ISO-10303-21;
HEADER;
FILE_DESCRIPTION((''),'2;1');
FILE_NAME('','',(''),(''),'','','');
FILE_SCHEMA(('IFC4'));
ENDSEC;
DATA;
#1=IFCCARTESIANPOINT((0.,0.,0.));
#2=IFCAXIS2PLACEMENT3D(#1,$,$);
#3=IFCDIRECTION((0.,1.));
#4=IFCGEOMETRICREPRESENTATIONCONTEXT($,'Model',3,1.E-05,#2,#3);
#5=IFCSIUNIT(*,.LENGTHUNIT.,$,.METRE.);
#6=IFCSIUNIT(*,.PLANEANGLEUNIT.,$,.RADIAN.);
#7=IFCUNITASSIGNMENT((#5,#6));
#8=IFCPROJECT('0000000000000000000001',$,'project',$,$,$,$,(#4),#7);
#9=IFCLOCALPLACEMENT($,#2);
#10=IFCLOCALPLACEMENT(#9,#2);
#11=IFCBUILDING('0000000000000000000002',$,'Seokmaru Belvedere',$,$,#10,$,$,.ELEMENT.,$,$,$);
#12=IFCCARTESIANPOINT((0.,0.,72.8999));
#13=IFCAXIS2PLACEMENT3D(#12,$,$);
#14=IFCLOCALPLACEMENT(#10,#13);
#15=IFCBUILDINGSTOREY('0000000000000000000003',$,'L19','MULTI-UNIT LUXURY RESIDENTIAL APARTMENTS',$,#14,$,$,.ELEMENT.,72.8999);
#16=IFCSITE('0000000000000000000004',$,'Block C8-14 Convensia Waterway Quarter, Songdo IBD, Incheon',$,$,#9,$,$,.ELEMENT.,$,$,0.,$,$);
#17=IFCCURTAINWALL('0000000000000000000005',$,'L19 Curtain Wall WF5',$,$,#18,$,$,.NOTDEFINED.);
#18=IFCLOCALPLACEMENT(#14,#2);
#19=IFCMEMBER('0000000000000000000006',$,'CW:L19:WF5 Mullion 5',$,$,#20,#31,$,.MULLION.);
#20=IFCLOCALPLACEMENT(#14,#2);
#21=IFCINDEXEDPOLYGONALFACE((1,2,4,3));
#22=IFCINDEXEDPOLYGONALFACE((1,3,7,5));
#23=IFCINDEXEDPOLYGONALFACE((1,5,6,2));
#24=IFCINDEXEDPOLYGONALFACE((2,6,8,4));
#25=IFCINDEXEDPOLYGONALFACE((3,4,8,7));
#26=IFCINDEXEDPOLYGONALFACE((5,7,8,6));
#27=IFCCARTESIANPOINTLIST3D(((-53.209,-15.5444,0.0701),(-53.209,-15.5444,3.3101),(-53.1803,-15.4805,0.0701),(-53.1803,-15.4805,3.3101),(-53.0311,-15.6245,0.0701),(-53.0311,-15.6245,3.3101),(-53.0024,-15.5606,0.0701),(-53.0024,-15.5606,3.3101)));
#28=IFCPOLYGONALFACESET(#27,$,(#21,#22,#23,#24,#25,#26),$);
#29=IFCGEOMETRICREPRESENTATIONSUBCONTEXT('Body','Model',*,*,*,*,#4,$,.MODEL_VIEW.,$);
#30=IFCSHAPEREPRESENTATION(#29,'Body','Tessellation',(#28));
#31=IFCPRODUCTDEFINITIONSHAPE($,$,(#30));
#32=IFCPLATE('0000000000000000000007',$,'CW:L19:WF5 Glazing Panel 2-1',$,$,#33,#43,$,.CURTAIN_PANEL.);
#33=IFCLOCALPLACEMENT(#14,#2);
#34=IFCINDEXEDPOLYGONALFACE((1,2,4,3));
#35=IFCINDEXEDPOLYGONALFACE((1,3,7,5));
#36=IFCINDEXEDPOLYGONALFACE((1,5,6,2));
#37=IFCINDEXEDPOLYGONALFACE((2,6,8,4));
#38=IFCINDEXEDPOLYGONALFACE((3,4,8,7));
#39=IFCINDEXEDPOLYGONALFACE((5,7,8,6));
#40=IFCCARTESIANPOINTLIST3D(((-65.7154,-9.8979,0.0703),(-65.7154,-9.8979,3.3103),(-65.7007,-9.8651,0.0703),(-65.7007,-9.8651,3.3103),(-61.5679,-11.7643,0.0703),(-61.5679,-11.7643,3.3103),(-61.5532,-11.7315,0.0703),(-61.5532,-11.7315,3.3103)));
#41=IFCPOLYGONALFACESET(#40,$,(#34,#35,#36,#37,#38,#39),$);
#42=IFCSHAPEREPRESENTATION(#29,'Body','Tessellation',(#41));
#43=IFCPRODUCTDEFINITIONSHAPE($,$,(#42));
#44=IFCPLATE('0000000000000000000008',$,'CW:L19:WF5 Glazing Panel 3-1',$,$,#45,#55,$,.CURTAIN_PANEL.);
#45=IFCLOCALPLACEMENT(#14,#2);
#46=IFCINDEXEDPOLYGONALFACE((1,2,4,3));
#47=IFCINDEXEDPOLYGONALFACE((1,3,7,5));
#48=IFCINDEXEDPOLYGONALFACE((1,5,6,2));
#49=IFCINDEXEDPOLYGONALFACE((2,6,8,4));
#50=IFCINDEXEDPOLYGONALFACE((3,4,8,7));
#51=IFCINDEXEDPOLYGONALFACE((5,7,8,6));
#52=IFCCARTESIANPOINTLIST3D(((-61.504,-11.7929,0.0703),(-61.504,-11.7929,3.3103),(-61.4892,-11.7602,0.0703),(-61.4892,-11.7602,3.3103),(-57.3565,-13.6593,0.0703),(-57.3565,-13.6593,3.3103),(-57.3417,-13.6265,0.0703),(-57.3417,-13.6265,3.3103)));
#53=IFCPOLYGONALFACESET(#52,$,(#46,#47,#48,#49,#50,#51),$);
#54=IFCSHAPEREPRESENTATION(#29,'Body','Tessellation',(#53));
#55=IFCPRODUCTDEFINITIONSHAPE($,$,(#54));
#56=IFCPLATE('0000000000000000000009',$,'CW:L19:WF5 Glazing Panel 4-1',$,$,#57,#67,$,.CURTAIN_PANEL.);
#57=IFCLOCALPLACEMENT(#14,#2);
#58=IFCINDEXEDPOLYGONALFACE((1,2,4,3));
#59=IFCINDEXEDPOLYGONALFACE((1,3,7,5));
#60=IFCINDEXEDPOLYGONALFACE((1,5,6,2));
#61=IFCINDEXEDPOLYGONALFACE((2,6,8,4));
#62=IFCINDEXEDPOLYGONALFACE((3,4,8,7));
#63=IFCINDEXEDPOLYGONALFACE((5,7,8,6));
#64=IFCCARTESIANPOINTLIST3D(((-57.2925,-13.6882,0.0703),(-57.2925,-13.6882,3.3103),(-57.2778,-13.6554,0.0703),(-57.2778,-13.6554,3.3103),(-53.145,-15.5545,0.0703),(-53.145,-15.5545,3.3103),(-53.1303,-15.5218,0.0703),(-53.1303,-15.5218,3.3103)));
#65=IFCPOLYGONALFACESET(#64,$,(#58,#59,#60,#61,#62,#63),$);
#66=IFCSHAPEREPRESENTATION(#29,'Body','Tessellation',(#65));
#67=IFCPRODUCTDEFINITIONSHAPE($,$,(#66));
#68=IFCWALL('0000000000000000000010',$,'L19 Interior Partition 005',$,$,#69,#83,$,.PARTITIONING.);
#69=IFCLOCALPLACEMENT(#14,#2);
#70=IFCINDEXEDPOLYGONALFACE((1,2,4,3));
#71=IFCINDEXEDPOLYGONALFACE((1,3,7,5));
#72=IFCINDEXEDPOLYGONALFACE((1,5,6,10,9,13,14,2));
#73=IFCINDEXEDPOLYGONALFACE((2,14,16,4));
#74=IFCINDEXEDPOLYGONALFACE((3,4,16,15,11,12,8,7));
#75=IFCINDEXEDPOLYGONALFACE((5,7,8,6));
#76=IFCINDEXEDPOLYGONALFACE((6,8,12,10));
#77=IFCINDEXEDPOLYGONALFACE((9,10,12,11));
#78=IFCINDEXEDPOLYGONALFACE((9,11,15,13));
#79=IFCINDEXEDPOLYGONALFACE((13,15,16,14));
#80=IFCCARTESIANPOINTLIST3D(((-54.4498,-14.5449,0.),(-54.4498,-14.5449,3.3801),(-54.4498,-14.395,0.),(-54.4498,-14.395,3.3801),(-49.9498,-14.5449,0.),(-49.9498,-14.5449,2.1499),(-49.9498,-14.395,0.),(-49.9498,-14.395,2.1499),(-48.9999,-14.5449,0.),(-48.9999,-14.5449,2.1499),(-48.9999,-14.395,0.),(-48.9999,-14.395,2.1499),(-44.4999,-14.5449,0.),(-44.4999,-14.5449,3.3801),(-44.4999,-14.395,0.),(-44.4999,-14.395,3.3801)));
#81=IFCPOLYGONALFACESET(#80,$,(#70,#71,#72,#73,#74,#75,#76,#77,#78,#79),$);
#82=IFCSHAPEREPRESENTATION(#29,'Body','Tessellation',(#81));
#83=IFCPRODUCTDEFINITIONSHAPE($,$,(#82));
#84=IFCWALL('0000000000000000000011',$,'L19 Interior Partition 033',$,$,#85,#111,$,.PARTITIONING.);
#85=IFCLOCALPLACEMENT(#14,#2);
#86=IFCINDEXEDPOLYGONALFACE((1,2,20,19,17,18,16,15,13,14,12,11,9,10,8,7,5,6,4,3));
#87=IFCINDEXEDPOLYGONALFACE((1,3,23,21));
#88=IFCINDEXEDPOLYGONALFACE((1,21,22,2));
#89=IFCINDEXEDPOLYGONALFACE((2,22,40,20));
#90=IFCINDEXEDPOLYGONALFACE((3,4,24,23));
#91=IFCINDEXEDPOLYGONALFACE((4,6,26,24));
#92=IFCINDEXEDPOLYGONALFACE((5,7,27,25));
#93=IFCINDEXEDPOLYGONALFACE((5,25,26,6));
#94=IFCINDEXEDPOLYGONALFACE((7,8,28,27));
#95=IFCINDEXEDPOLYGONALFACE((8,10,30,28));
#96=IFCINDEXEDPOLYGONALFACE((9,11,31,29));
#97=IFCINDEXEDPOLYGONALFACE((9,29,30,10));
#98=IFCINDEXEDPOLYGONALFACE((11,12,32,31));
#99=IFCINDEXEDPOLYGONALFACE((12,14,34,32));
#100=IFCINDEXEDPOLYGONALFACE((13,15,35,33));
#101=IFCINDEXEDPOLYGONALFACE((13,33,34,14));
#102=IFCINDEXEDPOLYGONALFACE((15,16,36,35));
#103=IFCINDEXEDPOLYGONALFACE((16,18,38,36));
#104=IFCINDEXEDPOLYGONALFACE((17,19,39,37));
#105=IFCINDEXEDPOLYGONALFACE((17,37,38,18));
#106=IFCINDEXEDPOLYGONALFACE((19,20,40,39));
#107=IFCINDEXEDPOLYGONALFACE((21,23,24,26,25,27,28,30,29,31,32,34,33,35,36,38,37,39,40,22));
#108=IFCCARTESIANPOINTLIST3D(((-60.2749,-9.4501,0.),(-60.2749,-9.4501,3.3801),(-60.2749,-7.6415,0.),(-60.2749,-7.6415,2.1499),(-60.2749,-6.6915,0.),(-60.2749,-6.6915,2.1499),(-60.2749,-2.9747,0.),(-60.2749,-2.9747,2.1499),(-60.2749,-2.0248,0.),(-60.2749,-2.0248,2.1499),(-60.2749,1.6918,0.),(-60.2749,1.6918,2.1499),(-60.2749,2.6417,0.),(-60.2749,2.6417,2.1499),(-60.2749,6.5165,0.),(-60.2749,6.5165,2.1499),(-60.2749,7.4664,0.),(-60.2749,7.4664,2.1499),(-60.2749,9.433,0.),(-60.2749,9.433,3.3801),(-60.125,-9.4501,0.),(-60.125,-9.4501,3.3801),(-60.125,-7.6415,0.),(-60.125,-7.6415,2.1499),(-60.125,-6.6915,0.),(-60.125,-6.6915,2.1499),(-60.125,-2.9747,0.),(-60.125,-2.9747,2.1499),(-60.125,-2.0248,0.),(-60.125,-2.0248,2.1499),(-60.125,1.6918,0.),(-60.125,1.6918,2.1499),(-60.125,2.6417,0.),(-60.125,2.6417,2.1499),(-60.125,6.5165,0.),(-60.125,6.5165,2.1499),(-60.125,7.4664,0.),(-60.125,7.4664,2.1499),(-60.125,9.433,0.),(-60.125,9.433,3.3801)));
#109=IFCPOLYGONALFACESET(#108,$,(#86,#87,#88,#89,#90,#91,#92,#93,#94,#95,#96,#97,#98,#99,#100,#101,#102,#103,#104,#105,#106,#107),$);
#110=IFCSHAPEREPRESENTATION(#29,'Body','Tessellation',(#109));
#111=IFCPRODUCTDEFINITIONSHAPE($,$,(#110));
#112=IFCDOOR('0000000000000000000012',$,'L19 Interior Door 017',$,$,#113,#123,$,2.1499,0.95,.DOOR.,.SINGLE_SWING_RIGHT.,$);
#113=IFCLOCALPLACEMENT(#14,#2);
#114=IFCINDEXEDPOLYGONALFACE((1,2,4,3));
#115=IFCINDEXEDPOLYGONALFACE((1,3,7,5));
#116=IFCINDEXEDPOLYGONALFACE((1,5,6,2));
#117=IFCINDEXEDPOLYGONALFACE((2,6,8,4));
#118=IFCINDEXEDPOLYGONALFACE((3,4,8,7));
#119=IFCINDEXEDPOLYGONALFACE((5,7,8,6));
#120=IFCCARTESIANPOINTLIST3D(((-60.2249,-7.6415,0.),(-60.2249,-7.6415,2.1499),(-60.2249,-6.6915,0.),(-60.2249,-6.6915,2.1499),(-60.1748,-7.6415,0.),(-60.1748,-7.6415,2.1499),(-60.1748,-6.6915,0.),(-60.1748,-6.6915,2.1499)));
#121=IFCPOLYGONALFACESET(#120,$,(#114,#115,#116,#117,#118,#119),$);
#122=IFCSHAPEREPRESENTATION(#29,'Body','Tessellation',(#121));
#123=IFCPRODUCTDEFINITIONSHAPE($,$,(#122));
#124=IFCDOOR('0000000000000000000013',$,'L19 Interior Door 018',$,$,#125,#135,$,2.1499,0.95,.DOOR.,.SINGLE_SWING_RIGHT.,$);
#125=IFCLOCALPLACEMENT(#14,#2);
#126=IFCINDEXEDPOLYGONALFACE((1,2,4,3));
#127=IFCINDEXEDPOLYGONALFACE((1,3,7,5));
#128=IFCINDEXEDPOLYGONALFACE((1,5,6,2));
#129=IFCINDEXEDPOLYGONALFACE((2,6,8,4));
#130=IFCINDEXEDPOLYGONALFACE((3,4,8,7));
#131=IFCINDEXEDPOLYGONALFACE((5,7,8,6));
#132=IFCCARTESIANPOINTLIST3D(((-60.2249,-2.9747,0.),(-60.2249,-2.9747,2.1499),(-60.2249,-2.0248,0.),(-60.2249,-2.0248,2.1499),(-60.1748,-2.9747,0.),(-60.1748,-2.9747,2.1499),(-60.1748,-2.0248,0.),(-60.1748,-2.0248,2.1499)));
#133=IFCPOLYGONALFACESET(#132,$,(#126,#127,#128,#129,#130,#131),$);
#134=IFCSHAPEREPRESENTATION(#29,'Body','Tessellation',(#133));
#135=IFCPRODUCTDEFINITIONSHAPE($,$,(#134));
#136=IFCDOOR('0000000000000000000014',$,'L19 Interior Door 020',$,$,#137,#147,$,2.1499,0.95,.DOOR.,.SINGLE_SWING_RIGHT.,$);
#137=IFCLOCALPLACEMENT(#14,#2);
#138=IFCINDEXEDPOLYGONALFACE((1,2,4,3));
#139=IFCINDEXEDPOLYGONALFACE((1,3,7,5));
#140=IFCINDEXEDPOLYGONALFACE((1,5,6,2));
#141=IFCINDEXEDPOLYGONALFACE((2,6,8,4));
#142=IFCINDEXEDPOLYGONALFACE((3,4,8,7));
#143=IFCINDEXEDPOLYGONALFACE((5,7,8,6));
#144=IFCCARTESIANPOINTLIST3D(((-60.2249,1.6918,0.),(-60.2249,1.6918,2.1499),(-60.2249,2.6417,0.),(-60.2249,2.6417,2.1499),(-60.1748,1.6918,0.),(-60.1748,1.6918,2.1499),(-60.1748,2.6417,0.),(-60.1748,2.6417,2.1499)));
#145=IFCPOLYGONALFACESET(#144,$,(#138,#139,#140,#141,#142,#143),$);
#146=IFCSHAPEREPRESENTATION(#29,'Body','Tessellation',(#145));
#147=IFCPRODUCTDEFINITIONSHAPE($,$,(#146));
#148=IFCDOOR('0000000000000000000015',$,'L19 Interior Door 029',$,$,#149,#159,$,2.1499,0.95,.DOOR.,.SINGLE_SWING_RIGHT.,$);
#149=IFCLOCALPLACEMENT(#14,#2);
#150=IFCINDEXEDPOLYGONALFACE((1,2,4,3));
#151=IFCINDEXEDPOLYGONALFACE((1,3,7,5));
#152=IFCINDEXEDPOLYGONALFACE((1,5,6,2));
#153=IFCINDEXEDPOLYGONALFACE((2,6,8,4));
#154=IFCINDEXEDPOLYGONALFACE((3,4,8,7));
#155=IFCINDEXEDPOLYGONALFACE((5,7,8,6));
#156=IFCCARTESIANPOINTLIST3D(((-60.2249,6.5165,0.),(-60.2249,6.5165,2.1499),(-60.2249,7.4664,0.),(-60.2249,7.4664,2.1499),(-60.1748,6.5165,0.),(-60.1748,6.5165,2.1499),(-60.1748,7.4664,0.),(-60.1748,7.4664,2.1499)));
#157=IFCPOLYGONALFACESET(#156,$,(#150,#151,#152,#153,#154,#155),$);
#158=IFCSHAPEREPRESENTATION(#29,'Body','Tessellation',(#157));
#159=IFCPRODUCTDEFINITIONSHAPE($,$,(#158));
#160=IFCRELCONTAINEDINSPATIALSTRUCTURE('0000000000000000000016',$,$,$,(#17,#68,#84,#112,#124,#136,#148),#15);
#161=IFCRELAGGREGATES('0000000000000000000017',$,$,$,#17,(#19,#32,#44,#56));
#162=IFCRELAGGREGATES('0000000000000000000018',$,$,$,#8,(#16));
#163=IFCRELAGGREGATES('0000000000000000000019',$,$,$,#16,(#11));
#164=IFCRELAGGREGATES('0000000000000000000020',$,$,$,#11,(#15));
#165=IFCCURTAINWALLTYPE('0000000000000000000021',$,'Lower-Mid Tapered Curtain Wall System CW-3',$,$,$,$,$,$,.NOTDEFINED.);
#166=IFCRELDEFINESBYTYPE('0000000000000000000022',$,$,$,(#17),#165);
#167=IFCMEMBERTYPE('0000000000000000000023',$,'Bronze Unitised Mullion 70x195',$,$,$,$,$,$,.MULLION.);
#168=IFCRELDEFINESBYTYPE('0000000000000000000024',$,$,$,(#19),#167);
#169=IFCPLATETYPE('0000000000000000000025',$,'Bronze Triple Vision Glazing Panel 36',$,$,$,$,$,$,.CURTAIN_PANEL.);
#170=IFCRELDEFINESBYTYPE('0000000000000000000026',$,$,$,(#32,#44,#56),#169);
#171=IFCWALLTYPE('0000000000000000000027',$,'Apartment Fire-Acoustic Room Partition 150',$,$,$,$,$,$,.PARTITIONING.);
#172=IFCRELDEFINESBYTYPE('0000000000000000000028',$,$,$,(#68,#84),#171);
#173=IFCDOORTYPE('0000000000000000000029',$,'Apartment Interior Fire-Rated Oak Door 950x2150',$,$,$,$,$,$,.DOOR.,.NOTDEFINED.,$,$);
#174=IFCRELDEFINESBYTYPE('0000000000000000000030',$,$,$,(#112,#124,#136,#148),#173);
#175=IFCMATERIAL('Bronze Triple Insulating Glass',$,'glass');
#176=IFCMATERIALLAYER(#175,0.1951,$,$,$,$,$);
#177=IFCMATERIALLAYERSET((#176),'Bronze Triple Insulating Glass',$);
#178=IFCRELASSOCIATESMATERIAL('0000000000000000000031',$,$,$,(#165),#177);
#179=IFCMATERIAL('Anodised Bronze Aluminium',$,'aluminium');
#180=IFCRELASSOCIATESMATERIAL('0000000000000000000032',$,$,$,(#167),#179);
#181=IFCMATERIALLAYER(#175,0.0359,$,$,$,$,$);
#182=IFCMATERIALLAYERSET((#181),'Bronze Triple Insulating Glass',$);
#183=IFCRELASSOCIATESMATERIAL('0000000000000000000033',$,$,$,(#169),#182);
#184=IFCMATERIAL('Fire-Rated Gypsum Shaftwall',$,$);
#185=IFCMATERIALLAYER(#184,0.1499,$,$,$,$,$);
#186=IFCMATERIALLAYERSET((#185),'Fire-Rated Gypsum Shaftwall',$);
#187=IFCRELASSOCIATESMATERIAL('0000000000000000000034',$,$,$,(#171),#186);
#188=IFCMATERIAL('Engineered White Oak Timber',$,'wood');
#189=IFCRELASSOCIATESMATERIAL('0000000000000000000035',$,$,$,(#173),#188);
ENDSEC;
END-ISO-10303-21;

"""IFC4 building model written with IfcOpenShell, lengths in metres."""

from ifc_helpers import new_model, si_unit, direction, frame, frame_2d, origin, origin_2d, place, context, subcontext, project, spatial, rectangle, extrude, source, transform, mapped, material, layer, layer_set, material_profile, profile_set, type_object, type_shapes, element, fill, aggregate, save


model = new_model("IFC4")

# Units and contexts
model_context = context("Model", 3, precision=1e-05, world=origin(), true_north=direction((0.0, 1.0)))
body_context = subcontext(model_context, "Body", "Model", "MODEL_VIEW")
ifc_project = project(units=[si_unit("LENGTHUNIT", "METRE"), si_unit("PLANEANGLEUNIT", "RADIAN")], contexts=[model_context])

# Site, building, storey
site_placement = place(None, origin())
site = spatial("IfcSite", under=ifc_project, at=site_placement, Name="Block C8-14 Convensia Waterway Quarter, Songdo IBD, Incheon", CompositionType="ELEMENT", RefElevation=0.0)
building_placement = place(site_placement, origin())
building = spatial("IfcBuilding", under=site, at=building_placement, Name="Seokmaru Belvedere", CompositionType="ELEMENT")
storey_placement = place(building_placement, frame((0.0, 0.0, 72.8999)))
storey = spatial("IfcBuildingStorey", under=building, at=storey_placement, Name="L19", Description="MULTI-UNIT LUXURY RESIDENTIAL APARTMENTS", CompositionType="ELEMENT", Elevation=72.8999)

# Curtain wall, member, plates
ifc_material_1 = material(Name="Bronze Triple Insulating Glass", Category="glass")
ifc_layer_1 = layer(ifc_material_1, 0.1951)
ifc_layer_set_1 = layer_set([ifc_layer_1], Name="Bronze Triple Insulating Glass")
curtain_wall_type = type_object("IfcCurtainWallType", Name="Lower-Mid Tapered Curtain Wall System CW-3", PredefinedType="NOTDEFINED", material=ifc_layer_set_1)
curtain_wall_placement = place(storey_placement, origin())
curtain_wall = element("IfcCurtainWall", 1, at=curtain_wall_placement, inside=storey, type_object=curtain_wall_type, Name="L19 Curtain Wall WF5", PredefinedType="NOTDEFINED")
ifc_material_2 = material(Name="Anodised Bronze Aluminium", Category="aluminium")
ifc_material_profile_1 = material_profile(ifc_material_2, rectangle(XDim=0.0701, YDim=0.1951, at=origin_2d()), Name="CW-M-70x195")
ifc_profile_set_1 = profile_set([ifc_material_profile_1], Name="Anodised Bronze Aluminium")
member_type = type_object("IfcMemberType", Name="Bronze Unitised Mullion 70x195", PredefinedType="MULLION", material=ifc_profile_set_1)
shared_shape_1 = source(origin(), body_context, "Body", "SweptSolid", [
    extrude(rectangle(XDim=0.0701, YDim=0.1951, at=origin_2d()), origin(), (0.0, 0.0, 1.0), 3.24),
])
type_shapes(member_type, [shared_shape_1])
member_1_placement = place(storey_placement, frame((-53.1057, -15.5525, 0.0701), z_axis=(0.0, 0.0, 1.0), x_axis=(0.410366, 0.911921, 0.0)))
member_1 = element("IfcMember", 2, at=member_1_placement, type_object=member_type, Name="CW:L19:WF5 Mullion 5", PredefinedType="MULLION", context=body_context, shape_type="MappedRepresentation", body=[
    mapped(shared_shape_1, transform((0.0, 0.0, 0.0), scale=1.0)),
])
ifc_layer_2 = layer(ifc_material_1, 0.0359)
ifc_layer_set_2 = layer_set([ifc_layer_2], Name="Bronze Triple Insulating Glass")
plate_type = type_object("IfcPlateType", Name="Bronze Triple Vision Glazing Panel 36", PredefinedType="CURTAIN_PANEL", material=ifc_layer_set_2)
shared_shape_2 = source(origin(), body_context, "Body", "SweptSolid", [
    extrude(rectangle(XDim=4.5481, YDim=0.0359, at=origin_2d()), origin(), (0.0, 0.0, 1.0), 3.24),
])
type_shapes(plate_type, [shared_shape_2])
plate_1_placement = place(storey_placement, frame((-63.6343, -10.8147, 0.0703), z_axis=(0.0, 0.0, 1.0), x_axis=(0.911921, -0.410366, 0.0)))
plate_1 = element("IfcPlate", 3, at=plate_1_placement, type_object=plate_type, Name="CW:L19:WF5 Glazing Panel 2-1", PredefinedType="CURTAIN_PANEL", context=body_context, shape_type="MappedRepresentation", body=[
    mapped(shared_shape_2, transform((0.0, 0.0, 0.0), scale=1.0)),
])
plate_2_placement = place(storey_placement, frame((-59.4229, -12.7097, 0.0703), z_axis=(0.0, 0.0, 1.0), x_axis=(0.911921, -0.410366, 0.0)))
plate_2 = element("IfcPlate", 4, at=plate_2_placement, type_object=plate_type, Name="CW:L19:WF5 Glazing Panel 3-1", PredefinedType="CURTAIN_PANEL", context=body_context, shape_type="MappedRepresentation", body=[
    mapped(shared_shape_2, transform((0.0, 0.0, 0.0), scale=1.0)),
])
plate_3_placement = place(storey_placement, frame((-55.2114, -14.605, 0.0703), z_axis=(0.0, 0.0, 1.0), x_axis=(0.911921, -0.410366, 0.0)))
plate_3 = element("IfcPlate", 5, at=plate_3_placement, type_object=plate_type, Name="CW:L19:WF5 Glazing Panel 4-1", PredefinedType="CURTAIN_PANEL", context=body_context, shape_type="MappedRepresentation", body=[
    mapped(shared_shape_2, transform((0.0, 0.0, 0.0), scale=1.0)),
])
aggregate(curtain_wall, [member_1, plate_1, plate_2, plate_3])

# Wall, opening
ifc_material_3 = material(Name="Fire-Rated Gypsum Shaftwall")
ifc_layer_3 = layer(ifc_material_3, 0.1499)
ifc_layer_set_3 = layer_set([ifc_layer_3], Name="Fire-Rated Gypsum Shaftwall")
wall_type = type_object("IfcWallType", Name="Apartment Fire-Acoustic Room Partition 150", PredefinedType="PARTITIONING", material=ifc_layer_set_3)
wall_1_placement = place(storey_placement, frame((-54.45, -14.47, 0.0), z_axis=(0.0, 0.0, 1.0), x_axis=(1.0, 0.0, 0.0)))
wall_1 = element("IfcWall", 6, at=wall_1_placement, inside=storey, type_object=wall_type, Name="L19 Interior Partition 005", PredefinedType="PARTITIONING", context=body_context, shape_type="SweptSolid", body=[
    extrude(rectangle(XDim=9.95, YDim=0.1499, at=frame_2d((4.9751, 0.0))), origin(), (0.0, 0.0, 1.0), 3.3801),
])
opening_1_placement = place(wall_1_placement, frame((4.5, 0.0, 0.0)))
element("IfcOpeningElement", 7, at=opening_1_placement, cuts=wall_1, PredefinedType="OPENING", context=body_context, shape_type="SweptSolid", body=[
    extrude(rectangle(XDim=0.95, YDim=2.1499, at=frame_2d((0.4751, 1.075))), frame((0.0, 0.085, 0.0), z_axis=(0.0, -1.0, 0.0), x_axis=(1.0, 0.0, 0.0)), (0.0, 0.0, 1.0), 0.1699),
])

# Wall, openings, doors
wall_2_placement = place(storey_placement, frame((-60.2, -9.45, 0.0), z_axis=(0.0, 0.0, 1.0), x_axis=(0.0, 1.0, 0.0)))
wall_2 = element("IfcWall", 8, at=wall_2_placement, inside=storey, type_object=wall_type, Name="L19 Interior Partition 033", PredefinedType="PARTITIONING", context=body_context, shape_type="SweptSolid", body=[
    extrude(rectangle(XDim=18.8831, YDim=0.1499, at=frame_2d((9.4414, 0.0))), origin(), (0.0, 0.0, 1.0), 3.3801),
])
opening_2_placement = place(wall_2_placement, frame((1.8083, 0.0, 0.0)))
opening_2 = element("IfcOpeningElement", 9, at=opening_2_placement, cuts=wall_2, PredefinedType="OPENING", context=body_context, shape_type="SweptSolid", body=[
    extrude(rectangle(XDim=0.95, YDim=2.1499, at=frame_2d((0.4751, 1.075))), frame((0.0, 0.085, 0.0), z_axis=(0.0, -1.0, 0.0), x_axis=(1.0, 0.0, 0.0)), (0.0, 0.0, 1.0), 0.1699),
])
opening_3_placement = place(wall_2_placement, frame((6.4751, 0.0, 0.0)))
opening_3 = element("IfcOpeningElement", 10, at=opening_3_placement, cuts=wall_2, PredefinedType="OPENING", context=body_context, shape_type="SweptSolid", body=[
    extrude(rectangle(XDim=0.95, YDim=2.1499, at=frame_2d((0.4751, 1.075))), frame((0.0, 0.085, 0.0), z_axis=(0.0, -1.0, 0.0), x_axis=(1.0, 0.0, 0.0)), (0.0, 0.0, 1.0), 0.1699),
])
opening_4_placement = place(wall_2_placement, frame((11.1416, 0.0, 0.0)))
opening_4 = element("IfcOpeningElement", 11, at=opening_4_placement, cuts=wall_2, PredefinedType="OPENING", context=body_context, shape_type="SweptSolid", body=[
    extrude(rectangle(XDim=0.95, YDim=2.1499, at=frame_2d((0.4751, 1.075))), frame((0.0, 0.085, 0.0), z_axis=(0.0, -1.0, 0.0), x_axis=(1.0, 0.0, 0.0)), (0.0, 0.0, 1.0), 0.1699),
])
opening_5_placement = place(wall_2_placement, frame((15.9663, 0.0, 0.0)))
opening_5 = element("IfcOpeningElement", 12, at=opening_5_placement, cuts=wall_2, PredefinedType="OPENING", context=body_context, shape_type="SweptSolid", body=[
    extrude(rectangle(XDim=0.95, YDim=2.1499, at=frame_2d((0.4751, 1.075))), frame((0.0, 0.085, 0.0), z_axis=(0.0, -1.0, 0.0), x_axis=(1.0, 0.0, 0.0)), (0.0, 0.0, 1.0), 0.1699),
])
ifc_material_4 = material(Name="Engineered White Oak Timber", Category="wood")
door_type = type_object("IfcDoorType", Name="Apartment Interior Fire-Rated Oak Door 950x2150", OperationType="NOTDEFINED", PredefinedType="DOOR", material=ifc_material_4)
shared_shape_3 = source(origin(), body_context, "Body", "SweptSolid", [
    extrude(rectangle(XDim=0.95, YDim=2.1499, at=frame_2d((0.4751, 1.075))), frame((0.0, 0.0249, 0.0), z_axis=(0.0, -1.0, 0.0), x_axis=(1.0, 0.0, 0.0)), (0.0, 0.0, 1.0), 0.05),
])
type_shapes(door_type, [shared_shape_3])
door_1_placement = place(opening_2_placement, origin())
door_1 = element("IfcDoor", 13, at=door_1_placement, inside=storey, type_object=door_type, Name="L19 Interior Door 017", OperationType="SINGLE_SWING_RIGHT", OverallHeight=2.1499, OverallWidth=0.95, PredefinedType="DOOR", context=body_context, shape_type="MappedRepresentation", body=[
    mapped(shared_shape_3, transform((0.0, 0.0, 0.0), scale=1.0)),
])
fill(opening_2, door_1)
door_2_placement = place(opening_3_placement, origin())
door_2 = element("IfcDoor", 14, at=door_2_placement, inside=storey, type_object=door_type, Name="L19 Interior Door 018", OperationType="SINGLE_SWING_RIGHT", OverallHeight=2.1499, OverallWidth=0.95, PredefinedType="DOOR", context=body_context, shape_type="MappedRepresentation", body=[
    mapped(shared_shape_3, transform((0.0, 0.0, 0.0), scale=1.0)),
])
fill(opening_3, door_2)
door_3_placement = place(opening_4_placement, origin())
door_3 = element("IfcDoor", 15, at=door_3_placement, inside=storey, type_object=door_type, Name="L19 Interior Door 020", OperationType="SINGLE_SWING_RIGHT", OverallHeight=2.1499, OverallWidth=0.95, PredefinedType="DOOR", context=body_context, shape_type="MappedRepresentation", body=[
    mapped(shared_shape_3, transform((0.0, 0.0, 0.0), scale=1.0)),
])
fill(opening_4, door_3)
door_4_placement = place(opening_5_placement, origin())
door_4 = element("IfcDoor", 16, at=door_4_placement, inside=storey, type_object=door_type, Name="L19 Interior Door 029", OperationType="SINGLE_SWING_RIGHT", OverallHeight=2.1499, OverallWidth=0.95, PredefinedType="DOOR", context=body_context, shape_type="MappedRepresentation", body=[
    mapped(shared_shape_3, transform((0.0, 0.0, 0.0), scale=1.0)),
])
fill(opening_5, door_4)

save(model, "model.ifc")
